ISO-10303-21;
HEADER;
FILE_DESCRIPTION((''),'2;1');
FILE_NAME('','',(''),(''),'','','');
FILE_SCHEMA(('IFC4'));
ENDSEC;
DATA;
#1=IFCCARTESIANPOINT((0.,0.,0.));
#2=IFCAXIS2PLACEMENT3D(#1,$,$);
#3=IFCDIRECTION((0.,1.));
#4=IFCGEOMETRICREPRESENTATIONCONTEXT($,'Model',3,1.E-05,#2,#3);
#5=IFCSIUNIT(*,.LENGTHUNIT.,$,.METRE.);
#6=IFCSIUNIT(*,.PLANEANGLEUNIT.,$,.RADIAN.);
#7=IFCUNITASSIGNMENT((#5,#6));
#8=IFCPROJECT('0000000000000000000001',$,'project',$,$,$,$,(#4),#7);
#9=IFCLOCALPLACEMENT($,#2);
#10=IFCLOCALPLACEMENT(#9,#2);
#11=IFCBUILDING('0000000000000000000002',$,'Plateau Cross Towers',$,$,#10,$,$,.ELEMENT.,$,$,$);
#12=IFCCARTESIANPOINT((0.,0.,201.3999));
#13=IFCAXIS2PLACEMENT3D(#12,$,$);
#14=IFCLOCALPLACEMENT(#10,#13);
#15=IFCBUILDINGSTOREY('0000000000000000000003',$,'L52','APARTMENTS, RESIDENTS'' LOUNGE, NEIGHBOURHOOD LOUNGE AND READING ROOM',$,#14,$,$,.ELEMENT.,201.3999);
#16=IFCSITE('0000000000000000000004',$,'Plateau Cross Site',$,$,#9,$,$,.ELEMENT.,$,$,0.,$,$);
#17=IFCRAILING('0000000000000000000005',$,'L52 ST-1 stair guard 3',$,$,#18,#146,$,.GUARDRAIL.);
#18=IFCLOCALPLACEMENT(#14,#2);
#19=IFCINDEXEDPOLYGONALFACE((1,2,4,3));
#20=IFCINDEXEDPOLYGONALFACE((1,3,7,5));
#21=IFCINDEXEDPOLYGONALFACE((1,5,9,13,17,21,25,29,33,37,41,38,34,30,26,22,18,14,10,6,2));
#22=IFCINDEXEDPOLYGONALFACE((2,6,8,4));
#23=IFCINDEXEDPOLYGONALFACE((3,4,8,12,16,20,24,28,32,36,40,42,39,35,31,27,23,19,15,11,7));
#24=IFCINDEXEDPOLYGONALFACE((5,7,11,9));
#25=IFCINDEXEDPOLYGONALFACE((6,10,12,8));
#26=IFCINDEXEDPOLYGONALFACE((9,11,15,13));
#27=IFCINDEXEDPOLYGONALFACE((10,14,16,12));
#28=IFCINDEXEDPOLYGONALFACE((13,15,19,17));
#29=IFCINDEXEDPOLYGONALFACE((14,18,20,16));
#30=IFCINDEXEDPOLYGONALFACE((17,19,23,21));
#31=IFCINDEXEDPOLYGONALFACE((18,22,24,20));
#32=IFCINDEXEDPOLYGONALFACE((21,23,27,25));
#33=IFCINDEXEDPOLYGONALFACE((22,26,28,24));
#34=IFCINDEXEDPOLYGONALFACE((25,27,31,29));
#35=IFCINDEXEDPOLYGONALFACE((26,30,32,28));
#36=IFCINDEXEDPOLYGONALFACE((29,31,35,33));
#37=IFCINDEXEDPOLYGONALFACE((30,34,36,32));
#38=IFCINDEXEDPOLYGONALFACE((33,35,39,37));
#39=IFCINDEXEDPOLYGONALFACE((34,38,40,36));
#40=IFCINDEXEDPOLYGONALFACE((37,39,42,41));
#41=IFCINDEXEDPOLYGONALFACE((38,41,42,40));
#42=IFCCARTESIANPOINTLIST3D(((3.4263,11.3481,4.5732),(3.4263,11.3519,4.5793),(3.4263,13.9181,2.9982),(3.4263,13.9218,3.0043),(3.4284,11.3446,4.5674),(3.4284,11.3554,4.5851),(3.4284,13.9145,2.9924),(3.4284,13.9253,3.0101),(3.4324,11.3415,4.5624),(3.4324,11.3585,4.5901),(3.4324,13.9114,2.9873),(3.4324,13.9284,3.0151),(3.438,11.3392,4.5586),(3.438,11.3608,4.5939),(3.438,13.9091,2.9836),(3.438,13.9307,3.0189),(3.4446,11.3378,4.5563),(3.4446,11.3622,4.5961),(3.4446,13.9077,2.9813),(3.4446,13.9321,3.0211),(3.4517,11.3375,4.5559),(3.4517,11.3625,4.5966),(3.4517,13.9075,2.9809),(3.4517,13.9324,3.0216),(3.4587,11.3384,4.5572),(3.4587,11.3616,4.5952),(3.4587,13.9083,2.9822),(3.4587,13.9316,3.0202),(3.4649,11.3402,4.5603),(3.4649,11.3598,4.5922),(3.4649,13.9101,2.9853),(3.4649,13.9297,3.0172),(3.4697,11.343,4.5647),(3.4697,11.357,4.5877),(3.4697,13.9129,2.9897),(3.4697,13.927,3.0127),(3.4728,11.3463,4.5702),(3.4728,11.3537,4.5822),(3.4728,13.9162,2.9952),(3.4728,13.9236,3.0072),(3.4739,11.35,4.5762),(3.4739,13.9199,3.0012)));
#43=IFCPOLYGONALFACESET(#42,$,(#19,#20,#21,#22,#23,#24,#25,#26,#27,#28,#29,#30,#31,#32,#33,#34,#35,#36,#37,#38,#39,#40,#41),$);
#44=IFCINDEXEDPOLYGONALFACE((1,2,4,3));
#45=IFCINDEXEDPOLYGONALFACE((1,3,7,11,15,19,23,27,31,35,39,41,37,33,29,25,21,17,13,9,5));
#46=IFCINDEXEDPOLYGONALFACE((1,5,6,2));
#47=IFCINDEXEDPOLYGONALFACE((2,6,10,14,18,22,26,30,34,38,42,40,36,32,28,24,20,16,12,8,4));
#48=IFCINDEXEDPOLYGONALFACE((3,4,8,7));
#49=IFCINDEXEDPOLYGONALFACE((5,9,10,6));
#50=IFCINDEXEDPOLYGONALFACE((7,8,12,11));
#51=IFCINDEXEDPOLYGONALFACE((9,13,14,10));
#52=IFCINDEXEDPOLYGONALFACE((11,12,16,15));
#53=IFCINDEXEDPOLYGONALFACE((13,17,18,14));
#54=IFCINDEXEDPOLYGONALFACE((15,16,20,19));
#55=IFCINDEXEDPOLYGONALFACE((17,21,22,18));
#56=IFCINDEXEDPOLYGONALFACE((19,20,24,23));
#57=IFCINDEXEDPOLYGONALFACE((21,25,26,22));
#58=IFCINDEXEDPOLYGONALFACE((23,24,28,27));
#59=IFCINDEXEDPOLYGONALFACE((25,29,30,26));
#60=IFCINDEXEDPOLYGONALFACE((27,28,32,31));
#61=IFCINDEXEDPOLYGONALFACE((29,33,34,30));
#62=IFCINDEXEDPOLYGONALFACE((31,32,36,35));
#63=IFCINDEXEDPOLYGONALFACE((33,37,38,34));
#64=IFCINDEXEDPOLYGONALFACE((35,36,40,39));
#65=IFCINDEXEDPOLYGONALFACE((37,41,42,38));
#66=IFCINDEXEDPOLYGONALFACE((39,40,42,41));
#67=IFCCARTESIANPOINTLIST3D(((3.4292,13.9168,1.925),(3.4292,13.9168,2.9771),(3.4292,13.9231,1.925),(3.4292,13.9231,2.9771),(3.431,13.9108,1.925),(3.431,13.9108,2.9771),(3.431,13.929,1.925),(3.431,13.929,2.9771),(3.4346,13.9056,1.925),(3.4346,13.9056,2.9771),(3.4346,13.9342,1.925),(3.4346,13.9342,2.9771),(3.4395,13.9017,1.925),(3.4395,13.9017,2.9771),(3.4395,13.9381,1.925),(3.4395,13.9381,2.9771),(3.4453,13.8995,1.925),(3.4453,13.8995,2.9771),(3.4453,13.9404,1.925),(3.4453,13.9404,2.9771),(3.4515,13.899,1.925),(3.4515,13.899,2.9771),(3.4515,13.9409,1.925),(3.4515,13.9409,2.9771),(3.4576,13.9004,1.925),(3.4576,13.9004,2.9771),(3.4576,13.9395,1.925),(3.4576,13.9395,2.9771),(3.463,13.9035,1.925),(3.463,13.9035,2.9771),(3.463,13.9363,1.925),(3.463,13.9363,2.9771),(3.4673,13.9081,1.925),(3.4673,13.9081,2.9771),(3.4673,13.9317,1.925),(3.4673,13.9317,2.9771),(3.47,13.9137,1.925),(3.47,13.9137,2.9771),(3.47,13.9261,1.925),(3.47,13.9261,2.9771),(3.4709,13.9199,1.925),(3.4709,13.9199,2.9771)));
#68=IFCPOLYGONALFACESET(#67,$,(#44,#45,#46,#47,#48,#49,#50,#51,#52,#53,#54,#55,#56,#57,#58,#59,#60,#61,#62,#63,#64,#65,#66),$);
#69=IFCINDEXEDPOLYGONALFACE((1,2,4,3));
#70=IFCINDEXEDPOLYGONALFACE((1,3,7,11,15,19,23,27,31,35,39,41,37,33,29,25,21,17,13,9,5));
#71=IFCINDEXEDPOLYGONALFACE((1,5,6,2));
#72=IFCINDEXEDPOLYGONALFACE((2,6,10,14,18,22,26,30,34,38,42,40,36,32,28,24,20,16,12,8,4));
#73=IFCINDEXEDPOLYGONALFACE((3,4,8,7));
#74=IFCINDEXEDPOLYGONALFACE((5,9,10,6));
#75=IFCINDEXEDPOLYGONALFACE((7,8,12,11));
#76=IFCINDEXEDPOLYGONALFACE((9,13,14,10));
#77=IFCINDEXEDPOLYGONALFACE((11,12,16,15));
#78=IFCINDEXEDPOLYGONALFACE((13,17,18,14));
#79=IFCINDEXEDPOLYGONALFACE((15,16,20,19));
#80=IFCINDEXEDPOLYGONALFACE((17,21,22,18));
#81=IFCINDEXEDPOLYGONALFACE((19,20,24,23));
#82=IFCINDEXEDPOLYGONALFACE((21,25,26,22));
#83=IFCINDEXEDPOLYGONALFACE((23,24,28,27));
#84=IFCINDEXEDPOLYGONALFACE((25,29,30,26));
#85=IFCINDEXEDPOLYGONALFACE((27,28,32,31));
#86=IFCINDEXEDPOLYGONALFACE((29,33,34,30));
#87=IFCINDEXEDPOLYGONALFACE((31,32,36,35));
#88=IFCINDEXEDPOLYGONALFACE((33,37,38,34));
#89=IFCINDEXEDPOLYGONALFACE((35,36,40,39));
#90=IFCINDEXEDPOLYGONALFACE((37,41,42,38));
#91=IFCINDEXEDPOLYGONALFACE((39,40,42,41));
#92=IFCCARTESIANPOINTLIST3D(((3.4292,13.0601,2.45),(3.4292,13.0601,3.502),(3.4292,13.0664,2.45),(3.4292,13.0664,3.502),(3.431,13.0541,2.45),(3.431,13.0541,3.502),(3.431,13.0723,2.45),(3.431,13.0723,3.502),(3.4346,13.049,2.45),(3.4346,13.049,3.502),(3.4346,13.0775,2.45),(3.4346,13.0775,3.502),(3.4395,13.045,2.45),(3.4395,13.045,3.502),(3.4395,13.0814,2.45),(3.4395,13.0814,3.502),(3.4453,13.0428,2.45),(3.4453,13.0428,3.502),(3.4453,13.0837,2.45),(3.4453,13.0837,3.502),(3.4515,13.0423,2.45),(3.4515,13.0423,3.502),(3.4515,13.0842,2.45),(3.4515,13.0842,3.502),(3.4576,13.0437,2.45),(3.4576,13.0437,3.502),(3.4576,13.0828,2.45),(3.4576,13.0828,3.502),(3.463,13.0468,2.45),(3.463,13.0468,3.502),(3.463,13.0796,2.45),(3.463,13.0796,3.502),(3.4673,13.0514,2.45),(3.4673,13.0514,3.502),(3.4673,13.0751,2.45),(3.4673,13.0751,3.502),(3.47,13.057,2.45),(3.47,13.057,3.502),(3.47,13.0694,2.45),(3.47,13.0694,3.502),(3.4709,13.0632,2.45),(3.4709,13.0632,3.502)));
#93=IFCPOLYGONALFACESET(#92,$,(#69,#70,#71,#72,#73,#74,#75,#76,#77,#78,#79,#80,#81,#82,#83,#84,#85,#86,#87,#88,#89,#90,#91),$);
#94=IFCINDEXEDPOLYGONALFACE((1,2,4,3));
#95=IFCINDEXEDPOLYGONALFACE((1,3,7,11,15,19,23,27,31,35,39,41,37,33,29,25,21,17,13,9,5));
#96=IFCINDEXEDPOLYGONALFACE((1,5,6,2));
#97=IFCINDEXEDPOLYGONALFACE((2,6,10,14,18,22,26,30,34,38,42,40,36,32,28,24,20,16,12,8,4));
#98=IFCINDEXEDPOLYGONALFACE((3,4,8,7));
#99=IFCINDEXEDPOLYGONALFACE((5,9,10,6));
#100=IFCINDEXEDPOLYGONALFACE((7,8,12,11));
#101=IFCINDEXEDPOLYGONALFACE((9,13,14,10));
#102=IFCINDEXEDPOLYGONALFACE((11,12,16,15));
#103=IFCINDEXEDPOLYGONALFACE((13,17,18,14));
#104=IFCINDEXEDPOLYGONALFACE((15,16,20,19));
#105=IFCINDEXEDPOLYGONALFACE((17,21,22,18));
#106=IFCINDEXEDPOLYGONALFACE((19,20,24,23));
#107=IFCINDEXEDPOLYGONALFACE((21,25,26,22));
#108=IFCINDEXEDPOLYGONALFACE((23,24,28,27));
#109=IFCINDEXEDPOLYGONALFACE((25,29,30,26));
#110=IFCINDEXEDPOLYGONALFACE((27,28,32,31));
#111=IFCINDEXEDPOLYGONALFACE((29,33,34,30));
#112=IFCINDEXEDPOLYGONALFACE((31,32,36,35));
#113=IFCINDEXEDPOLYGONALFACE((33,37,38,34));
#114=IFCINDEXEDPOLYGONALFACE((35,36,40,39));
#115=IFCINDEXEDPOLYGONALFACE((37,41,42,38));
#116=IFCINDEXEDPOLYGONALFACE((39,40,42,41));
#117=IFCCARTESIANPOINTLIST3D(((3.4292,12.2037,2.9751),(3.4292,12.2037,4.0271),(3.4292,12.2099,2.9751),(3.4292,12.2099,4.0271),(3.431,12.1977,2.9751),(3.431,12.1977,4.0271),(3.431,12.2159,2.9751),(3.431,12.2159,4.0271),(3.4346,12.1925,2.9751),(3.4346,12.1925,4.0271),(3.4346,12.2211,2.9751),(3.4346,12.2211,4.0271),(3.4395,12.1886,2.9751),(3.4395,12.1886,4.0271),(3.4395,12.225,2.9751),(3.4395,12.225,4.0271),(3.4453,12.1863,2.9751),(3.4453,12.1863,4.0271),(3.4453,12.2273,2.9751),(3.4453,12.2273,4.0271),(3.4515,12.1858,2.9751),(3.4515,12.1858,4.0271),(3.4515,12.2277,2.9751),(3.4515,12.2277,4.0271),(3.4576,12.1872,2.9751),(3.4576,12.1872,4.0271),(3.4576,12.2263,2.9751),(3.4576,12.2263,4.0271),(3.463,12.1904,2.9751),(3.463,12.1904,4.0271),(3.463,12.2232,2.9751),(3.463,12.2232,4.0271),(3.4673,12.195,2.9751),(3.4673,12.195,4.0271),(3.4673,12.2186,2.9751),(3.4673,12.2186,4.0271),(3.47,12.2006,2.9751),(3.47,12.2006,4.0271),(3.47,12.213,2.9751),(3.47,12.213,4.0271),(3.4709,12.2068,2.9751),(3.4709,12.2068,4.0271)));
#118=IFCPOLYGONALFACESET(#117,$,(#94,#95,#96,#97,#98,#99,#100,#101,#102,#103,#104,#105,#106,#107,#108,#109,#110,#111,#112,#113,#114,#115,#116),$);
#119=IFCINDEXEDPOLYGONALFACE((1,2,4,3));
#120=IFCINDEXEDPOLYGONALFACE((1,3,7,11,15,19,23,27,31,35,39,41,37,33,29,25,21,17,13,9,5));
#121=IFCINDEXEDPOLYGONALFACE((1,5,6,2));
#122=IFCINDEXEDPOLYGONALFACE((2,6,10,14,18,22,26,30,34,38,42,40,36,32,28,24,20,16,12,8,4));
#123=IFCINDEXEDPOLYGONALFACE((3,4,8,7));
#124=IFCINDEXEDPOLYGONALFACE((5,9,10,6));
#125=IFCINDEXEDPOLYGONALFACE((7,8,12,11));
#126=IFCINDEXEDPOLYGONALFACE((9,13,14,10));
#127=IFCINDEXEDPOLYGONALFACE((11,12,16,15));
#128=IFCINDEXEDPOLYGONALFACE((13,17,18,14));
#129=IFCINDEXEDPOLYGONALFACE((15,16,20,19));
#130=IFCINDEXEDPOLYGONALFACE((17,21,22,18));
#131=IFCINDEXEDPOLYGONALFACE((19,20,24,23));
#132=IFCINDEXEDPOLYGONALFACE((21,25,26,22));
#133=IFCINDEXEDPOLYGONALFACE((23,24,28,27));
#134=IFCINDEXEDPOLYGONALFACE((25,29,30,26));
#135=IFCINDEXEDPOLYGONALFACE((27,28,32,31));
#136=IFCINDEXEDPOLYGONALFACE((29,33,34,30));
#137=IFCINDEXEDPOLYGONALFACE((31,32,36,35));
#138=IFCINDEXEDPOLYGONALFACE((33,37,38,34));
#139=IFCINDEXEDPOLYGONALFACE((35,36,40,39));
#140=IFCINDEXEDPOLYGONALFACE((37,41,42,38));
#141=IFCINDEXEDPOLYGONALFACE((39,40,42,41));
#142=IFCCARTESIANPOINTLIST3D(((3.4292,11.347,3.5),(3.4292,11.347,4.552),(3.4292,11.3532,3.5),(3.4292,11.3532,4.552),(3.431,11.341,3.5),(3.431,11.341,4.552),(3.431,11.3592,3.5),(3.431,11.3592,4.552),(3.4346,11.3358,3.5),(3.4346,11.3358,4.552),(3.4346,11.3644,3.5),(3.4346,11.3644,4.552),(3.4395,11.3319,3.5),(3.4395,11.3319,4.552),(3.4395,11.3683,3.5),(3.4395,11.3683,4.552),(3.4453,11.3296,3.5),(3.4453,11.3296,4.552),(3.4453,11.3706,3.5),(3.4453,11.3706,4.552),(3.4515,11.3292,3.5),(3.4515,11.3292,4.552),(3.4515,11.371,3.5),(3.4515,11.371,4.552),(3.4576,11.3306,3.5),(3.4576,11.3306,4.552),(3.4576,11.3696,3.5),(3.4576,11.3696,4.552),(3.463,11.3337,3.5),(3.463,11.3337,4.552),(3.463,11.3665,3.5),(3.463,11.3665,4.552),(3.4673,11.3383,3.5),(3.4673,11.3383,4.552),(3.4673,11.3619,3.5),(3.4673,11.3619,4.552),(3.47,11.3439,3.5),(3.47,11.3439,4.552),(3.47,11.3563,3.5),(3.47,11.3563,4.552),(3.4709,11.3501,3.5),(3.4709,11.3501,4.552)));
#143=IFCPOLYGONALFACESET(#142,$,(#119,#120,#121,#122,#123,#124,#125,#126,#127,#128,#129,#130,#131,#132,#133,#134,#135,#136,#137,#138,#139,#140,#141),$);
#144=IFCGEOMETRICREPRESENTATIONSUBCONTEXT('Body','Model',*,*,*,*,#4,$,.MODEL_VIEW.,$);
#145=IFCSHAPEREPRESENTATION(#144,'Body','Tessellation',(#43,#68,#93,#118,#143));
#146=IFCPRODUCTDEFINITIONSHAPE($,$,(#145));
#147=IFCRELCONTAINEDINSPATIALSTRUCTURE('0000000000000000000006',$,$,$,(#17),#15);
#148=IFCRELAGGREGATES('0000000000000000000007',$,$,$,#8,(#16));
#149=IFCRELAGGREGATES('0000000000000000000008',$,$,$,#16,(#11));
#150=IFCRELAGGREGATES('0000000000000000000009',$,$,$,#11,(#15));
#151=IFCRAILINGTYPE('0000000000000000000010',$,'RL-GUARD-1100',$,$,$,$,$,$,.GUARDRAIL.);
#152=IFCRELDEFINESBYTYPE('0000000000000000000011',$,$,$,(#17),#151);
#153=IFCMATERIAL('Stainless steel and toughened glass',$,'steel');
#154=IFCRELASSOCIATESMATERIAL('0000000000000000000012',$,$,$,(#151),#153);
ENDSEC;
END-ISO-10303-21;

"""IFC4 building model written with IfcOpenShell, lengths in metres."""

from ifc_helpers import new_model, si_unit, direction, frame, origin, origin_2d, place, context, subcontext, project, spatial, circle, extrude, material, type_object, element, save


model = new_model("IFC4")

# Units and contexts
model_context = context("Model", 3, precision=1e-05, world=origin(), true_north=direction((0.0, 1.0)))
body_context = subcontext(model_context, "Body", "Model", "MODEL_VIEW")
ifc_project = project(units=[si_unit("LENGTHUNIT", "METRE"), si_unit("PLANEANGLEUNIT", "RADIAN")], contexts=[model_context])

# Site, building, storey
site_placement = place(None, origin())
site = spatial("IfcSite", under=ifc_project, at=site_placement, Name="Plateau Cross Site", CompositionType="ELEMENT", RefElevation=0.0)
building_placement = place(site_placement, origin())
building = spatial("IfcBuilding", under=site, at=building_placement, Name="Plateau Cross Towers", CompositionType="ELEMENT")
storey_placement = place(building_placement, frame((0.0, 0.0, 201.3999)))
storey = spatial("IfcBuildingStorey", under=building, at=storey_placement, Name="L52", Description="APARTMENTS, RESIDENTS' LOUNGE, NEIGHBOURHOOD LOUNGE AND READING ROOM", CompositionType="ELEMENT", Elevation=201.3999)

# Railing
ifc_material_1 = material(Name="Stainless steel and toughened glass", Category="steel")
railing_type_1 = type_object("IfcRailingType", Name="RL-GUARD-1100", PredefinedType="GUARDRAIL", material=ifc_material_1)
railing_1_placement = place(storey_placement, frame((3.45, 13.9199, 1.925)))
element("IfcRailing", 1, at=railing_1_placement, inside=storey, type_object=railing_type_1, Name="L52 ST-1 stair guard 3", PredefinedType="GUARDRAIL", context=body_context, shape_type="SweptSolid", body=[
    extrude(circle(Radius=0.0239, at=origin_2d()), frame((0.0, 0.0, 1.0762), z_axis=(0.0, -0.852616, 0.522537), x_axis=(1.0, 0.0, 0.0)), (0.0, 0.0, 1.0), 3.0142),
    extrude(circle(Radius=0.021, at=origin_2d()), origin(), (0.0, 0.0, 1.0), 1.052),
    extrude(circle(Radius=0.021, at=origin_2d()), frame((0.0, -0.8567, 0.5249)), (0.0, 0.0, 1.0), 1.052),
    extrude(circle(Radius=0.021, at=origin_2d()), frame((0.0, -1.7131, 1.05)), (0.0, 0.0, 1.0), 1.052),
    extrude(circle(Radius=0.021, at=origin_2d()), frame((0.0, -2.5698, 1.575)), (0.0, 0.0, 1.0), 1.052),
])

save(model, "model.ifc")
